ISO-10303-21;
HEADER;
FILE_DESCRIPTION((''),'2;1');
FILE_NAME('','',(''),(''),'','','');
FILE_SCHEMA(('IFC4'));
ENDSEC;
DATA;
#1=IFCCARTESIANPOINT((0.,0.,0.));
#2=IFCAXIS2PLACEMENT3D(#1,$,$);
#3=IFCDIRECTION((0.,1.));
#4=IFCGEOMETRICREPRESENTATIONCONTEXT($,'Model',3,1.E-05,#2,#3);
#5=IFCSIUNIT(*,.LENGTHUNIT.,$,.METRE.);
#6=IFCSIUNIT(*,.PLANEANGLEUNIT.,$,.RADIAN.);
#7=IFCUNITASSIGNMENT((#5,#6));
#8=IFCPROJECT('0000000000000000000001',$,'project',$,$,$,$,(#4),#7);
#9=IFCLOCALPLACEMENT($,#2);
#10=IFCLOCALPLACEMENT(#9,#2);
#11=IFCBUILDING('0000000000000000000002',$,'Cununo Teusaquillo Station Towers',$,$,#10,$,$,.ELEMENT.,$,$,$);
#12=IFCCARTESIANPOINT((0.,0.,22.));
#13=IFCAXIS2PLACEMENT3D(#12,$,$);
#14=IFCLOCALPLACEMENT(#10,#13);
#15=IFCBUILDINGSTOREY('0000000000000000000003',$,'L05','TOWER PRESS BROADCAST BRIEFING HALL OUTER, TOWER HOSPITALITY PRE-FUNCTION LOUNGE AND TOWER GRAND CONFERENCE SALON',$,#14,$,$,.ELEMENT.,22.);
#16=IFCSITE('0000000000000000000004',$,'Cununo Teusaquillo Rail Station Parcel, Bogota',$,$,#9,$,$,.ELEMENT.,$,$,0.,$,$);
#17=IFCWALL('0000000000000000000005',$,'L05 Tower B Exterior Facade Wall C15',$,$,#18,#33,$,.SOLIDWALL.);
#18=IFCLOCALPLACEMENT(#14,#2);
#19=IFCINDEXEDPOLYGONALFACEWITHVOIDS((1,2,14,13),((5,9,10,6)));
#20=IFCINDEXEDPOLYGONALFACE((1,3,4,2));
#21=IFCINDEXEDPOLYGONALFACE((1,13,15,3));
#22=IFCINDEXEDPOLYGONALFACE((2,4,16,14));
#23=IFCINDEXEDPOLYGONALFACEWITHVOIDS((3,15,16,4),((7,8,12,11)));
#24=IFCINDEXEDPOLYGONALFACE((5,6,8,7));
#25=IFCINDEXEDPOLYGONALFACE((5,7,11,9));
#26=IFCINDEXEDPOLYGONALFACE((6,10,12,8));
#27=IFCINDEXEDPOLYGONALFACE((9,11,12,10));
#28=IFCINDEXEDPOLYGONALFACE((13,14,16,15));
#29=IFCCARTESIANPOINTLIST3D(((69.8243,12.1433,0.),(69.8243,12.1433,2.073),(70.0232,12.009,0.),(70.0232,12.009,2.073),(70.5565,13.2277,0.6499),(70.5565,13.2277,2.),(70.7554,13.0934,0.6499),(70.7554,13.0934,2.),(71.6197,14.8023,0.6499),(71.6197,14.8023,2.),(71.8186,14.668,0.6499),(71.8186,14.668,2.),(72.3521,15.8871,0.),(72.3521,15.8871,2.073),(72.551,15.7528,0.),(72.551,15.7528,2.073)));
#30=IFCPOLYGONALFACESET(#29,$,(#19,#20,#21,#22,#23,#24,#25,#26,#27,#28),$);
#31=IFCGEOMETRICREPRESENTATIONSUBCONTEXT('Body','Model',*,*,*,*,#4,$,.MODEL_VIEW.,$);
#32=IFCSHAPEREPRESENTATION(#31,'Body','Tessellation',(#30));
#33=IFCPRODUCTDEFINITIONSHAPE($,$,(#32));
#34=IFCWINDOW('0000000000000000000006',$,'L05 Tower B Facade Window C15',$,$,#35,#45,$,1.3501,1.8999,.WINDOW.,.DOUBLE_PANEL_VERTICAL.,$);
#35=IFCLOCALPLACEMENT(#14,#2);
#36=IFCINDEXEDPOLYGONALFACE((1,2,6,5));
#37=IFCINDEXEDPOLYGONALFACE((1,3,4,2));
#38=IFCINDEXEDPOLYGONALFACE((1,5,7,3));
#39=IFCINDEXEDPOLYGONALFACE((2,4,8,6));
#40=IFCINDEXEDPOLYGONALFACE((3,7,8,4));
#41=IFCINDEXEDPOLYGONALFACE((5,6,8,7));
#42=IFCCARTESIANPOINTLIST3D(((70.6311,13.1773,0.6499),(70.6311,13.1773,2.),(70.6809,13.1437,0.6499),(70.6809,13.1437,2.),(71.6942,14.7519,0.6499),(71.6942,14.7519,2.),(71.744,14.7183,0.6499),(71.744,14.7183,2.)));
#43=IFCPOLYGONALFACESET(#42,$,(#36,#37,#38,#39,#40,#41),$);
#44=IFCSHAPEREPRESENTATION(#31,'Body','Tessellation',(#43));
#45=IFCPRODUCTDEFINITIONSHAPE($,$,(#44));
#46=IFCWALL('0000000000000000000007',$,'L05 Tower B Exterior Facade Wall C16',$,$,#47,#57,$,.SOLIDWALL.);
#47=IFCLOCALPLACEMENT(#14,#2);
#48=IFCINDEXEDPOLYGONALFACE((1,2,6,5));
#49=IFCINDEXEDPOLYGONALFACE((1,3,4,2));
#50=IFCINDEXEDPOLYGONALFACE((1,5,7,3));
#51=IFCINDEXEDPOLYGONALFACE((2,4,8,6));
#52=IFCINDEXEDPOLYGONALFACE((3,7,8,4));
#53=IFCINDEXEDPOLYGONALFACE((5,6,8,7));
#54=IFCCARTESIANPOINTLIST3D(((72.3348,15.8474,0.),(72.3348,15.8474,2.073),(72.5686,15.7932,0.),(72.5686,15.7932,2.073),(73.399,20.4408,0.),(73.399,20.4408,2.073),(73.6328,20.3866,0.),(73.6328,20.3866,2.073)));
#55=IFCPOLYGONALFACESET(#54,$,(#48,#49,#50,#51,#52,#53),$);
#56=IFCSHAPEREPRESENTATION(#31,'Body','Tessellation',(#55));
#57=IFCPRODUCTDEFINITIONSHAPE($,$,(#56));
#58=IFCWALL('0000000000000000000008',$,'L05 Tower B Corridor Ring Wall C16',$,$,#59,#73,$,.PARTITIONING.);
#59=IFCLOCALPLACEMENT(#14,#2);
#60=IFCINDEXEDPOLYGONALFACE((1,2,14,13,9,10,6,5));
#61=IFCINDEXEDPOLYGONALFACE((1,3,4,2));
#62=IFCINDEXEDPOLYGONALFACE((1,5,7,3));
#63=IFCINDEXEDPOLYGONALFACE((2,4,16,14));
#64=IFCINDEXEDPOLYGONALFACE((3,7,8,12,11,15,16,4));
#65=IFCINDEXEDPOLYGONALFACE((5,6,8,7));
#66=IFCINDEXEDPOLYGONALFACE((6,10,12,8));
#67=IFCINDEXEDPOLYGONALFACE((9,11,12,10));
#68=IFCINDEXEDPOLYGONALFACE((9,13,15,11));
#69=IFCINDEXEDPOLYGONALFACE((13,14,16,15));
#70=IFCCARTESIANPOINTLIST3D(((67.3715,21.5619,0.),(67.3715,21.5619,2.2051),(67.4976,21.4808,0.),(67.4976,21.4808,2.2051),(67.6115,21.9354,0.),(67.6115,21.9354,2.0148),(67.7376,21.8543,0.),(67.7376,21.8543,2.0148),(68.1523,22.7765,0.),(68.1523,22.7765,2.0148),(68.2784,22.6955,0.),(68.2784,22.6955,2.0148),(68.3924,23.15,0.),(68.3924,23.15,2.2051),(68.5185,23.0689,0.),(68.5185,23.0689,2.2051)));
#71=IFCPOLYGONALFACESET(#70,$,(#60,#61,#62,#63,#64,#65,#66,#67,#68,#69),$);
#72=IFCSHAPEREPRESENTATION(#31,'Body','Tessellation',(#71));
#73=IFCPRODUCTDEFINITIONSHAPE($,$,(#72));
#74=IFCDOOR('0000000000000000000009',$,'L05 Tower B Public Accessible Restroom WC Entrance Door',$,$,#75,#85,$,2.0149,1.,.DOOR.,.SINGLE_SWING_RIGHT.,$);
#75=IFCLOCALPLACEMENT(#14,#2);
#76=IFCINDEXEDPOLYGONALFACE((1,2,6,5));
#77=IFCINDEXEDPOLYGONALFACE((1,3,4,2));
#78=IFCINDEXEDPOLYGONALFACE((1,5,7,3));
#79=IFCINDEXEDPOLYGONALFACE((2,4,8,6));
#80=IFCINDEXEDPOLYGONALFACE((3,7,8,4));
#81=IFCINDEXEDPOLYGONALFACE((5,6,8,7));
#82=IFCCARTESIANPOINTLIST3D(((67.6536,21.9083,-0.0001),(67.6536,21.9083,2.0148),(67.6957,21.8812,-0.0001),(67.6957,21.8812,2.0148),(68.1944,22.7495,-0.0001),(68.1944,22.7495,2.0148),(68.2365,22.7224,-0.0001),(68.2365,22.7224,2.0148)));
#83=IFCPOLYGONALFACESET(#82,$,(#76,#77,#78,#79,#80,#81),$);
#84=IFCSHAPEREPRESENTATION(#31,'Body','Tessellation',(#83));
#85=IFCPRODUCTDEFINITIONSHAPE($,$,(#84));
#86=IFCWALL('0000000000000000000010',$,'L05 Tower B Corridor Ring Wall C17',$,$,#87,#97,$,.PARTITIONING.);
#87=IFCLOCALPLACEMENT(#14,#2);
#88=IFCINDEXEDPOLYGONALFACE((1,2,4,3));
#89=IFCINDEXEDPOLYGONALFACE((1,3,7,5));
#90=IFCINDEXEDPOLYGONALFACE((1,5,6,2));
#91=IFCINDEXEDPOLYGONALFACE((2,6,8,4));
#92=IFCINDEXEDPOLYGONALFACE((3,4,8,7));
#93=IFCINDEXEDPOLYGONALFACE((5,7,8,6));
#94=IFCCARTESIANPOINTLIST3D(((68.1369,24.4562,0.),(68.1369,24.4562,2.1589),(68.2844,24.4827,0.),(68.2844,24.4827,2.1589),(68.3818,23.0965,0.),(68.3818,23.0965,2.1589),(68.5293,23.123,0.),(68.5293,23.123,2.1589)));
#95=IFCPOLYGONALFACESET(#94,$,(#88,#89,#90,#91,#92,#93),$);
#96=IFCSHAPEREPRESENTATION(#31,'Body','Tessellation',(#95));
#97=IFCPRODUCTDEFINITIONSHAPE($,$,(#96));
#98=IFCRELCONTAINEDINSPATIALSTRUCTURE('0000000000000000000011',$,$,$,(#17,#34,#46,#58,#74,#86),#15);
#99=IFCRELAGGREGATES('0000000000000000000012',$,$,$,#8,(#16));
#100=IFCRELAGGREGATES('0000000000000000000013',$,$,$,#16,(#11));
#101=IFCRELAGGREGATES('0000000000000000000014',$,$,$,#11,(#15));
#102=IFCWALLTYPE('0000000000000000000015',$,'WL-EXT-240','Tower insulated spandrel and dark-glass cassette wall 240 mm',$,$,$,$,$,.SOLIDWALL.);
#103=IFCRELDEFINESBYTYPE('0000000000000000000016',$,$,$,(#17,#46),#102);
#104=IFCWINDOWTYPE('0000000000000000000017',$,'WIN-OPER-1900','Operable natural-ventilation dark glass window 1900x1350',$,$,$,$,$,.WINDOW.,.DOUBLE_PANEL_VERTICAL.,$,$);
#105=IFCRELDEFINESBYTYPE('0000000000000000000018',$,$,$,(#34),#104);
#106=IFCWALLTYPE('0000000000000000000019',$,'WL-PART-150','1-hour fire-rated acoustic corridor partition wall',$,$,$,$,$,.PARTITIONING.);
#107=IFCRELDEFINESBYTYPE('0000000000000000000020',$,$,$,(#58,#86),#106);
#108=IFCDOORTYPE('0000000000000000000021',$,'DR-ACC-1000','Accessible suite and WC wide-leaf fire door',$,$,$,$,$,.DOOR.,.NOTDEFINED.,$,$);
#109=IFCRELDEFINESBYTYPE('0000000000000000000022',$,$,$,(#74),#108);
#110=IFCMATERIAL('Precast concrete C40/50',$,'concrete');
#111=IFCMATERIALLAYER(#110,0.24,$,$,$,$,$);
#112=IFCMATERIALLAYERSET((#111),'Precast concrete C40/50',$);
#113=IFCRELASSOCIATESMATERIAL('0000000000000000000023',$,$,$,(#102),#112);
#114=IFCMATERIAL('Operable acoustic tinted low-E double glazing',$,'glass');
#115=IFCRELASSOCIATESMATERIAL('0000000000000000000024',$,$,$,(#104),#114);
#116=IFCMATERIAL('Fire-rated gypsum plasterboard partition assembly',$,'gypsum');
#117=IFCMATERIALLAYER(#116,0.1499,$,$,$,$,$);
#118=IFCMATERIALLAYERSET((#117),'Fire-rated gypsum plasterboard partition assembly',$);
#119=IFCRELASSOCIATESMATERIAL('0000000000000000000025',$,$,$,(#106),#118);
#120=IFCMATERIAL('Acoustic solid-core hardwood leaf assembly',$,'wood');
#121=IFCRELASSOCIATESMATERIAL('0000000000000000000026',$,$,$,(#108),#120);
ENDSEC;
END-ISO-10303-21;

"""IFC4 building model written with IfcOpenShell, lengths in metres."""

from ifc_helpers import new_model, si_unit, direction, frame, frame_2d, origin, place, context, subcontext, project, spatial, rectangle, extrude, source, transform, mapped, material, layer, layer_set, type_object, element, fill, save


model = new_model("IFC4")

# Units and contexts
model_context = context("Model", 3, precision=1e-05, world=origin(), true_north=direction((0.0, 1.0)))
body_context = subcontext(model_context, "Body", "Model", "MODEL_VIEW")
ifc_project = project(units=[si_unit("LENGTHUNIT", "METRE"), si_unit("PLANEANGLEUNIT", "RADIAN")], contexts=[model_context])

# Site, building, storey
site_placement = place(None, origin())
site = spatial("IfcSite", under=ifc_project, at=site_placement, Name="Cununo Teusaquillo Rail Station Parcel, Bogota", CompositionType="ELEMENT", RefElevation=0.0)
building_placement = place(site_placement, origin())
building = spatial("IfcBuilding", under=site, at=building_placement, Name="Cununo Teusaquillo Station Towers", CompositionType="ELEMENT")
storey_placement = place(building_placement, frame((0.0, 0.0, 22.0)))
storey = spatial("IfcBuildingStorey", under=building, at=storey_placement, Name="L05", Description="TOWER PRESS BROADCAST BRIEFING HALL OUTER, TOWER HOSPITALITY PRE-FUNCTION LOUNGE AND TOWER GRAND CONFERENCE SALON", CompositionType="ELEMENT", Elevation=22.0)

# Shared definitions
ifc_material_1 = material(Name="Precast concrete C40/50", Category="concrete")
ifc_layer_1 = layer(ifc_material_1, 0.24)
ifc_layer_set_1 = layer_set([ifc_layer_1], Name="Precast concrete C40/50")
wall_type_1 = type_object("IfcWallType", Name="WL-EXT-240", Description="Tower insulated spandrel and dark-glass cassette wall 240 mm", PredefinedType="SOLIDWALL", material=ifc_layer_set_1)

# Wall, opening, window
wall_1_placement = place(storey_placement, frame((72.4517, 15.8201, 0.0), z_axis=(0.0, 0.0, 1.0), x_axis=(-0.55958, -0.828777, 0.0)))
wall_1 = element("IfcWall", 1, at=wall_1_placement, inside=storey, type_object=wall_type_1, Name="L05 Tower B Exterior Facade Wall C15", PredefinedType="SOLIDWALL", context=body_context, shape_type="SweptSolid", body=[
    extrude(rectangle(XDim=4.5173, YDim=0.24, at=frame_2d((2.2588, 0.0))), origin(), (0.0, 0.0, 1.0), 2.073),
])
shared_shape_1 = source(origin(), body_context, "Body", "SweptSolid", [
    extrude(rectangle(XDim=1.8999, YDim=1.3501, at=frame_2d((0.95, 0.675))), frame((0.0, 0.1299, 0.0), z_axis=(0.0, -1.0, 0.0), x_axis=(1.0, 0.0, 0.0)), (0.0, 0.0, 1.0), 0.26),
])
opening_1_placement = place(wall_1_placement, frame((1.3091, 0.0, 0.6499)))
opening_1 = element("IfcOpeningElement", 2, at=opening_1_placement, cuts=wall_1, PredefinedType="OPENING", context=body_context, shape_type="MappedRepresentation", body=[
    mapped(shared_shape_1, transform((0.0, 0.0, 0.0), x_axis=(1.0, 0.0, 0.0), y_axis=(0.0, 1.0, 0.0), z_axis=(0.0, 0.0, 1.0), scale=1.0)),
])
ifc_material_2 = material(Name="Operable acoustic tinted low-E double glazing", Category="glass")
window_type_1 = type_object("IfcWindowType", Name="WIN-OPER-1900", Description="Operable natural-ventilation dark glass window 1900x1350", PartitioningType="DOUBLE_PANEL_VERTICAL", PredefinedType="WINDOW", material=ifc_material_2)
shared_shape_2 = source(origin(), body_context, "Body", "SweptSolid", [
    extrude(rectangle(XDim=1.8999, YDim=1.3501, at=frame_2d((0.95, 0.675))), frame((0.0, 0.03, 0.0), z_axis=(0.0, -1.0, 0.0), x_axis=(1.0, 0.0, 0.0)), (0.0, 0.0, 1.0), 0.0601),
])
window_1_placement = place(opening_1_placement, origin())
window_1 = element("IfcWindow", 3, at=window_1_placement, inside=storey, type_object=window_type_1, Name="L05 Tower B Facade Window C15", OverallHeight=1.3501, OverallWidth=1.8999, PartitioningType="DOUBLE_PANEL_VERTICAL", PredefinedType="WINDOW", context=body_context, shape_type="MappedRepresentation", body=[
    mapped(shared_shape_2, transform((0.0, 0.0, 0.0), x_axis=(1.0, 0.0, 0.0), y_axis=(0.0, 1.0, 0.0), z_axis=(0.0, 0.0, 1.0), scale=1.0)),
])
fill(opening_1, window_1)

# Wall
wall_2_placement = place(storey_placement, frame((73.5159, 20.4136, 0.0), z_axis=(0.0, 0.0, 1.0), x_axis=(-0.225699, -0.974197, 0.0)))
element("IfcWall", 4, at=wall_2_placement, inside=storey, type_object=wall_type_1, Name="L05 Tower B Exterior Facade Wall C16", PredefinedType="SOLIDWALL", context=body_context, shape_type="SweptSolid", body=[
    extrude(rectangle(XDim=4.7151, YDim=0.24, at=frame_2d((2.3574, 0.0))), origin(), (0.0, 0.0, 1.0), 2.073),
])

# Wall, opening, door
ifc_material_3 = material(Name="Fire-rated gypsum plasterboard partition assembly", Category="gypsum")
ifc_layer_2 = layer(ifc_material_3, 0.1499)
ifc_layer_set_2 = layer_set([ifc_layer_2], Name="Fire-rated gypsum plasterboard partition assembly")
wall_type_2 = type_object("IfcWallType", Name="WL-PART-150", Description="1-hour fire-rated acoustic corridor partition wall", PredefinedType="PARTITIONING", material=ifc_layer_set_2)
wall_3_placement = place(storey_placement, frame((67.4346, 21.5215, 0.0), z_axis=(0.0, 0.0, 1.0), x_axis=(0.540777, 0.841166, 0.0)))
wall_3 = element("IfcWall", 5, at=wall_3_placement, inside=storey, type_object=wall_type_2, Name="L05 Tower B Corridor Ring Wall C16", PredefinedType="PARTITIONING", context=body_context, shape_type="SweptSolid", body=[
    extrude(rectangle(XDim=1.8879, YDim=0.1499, at=frame_2d((0.9438, 0.0))), origin(), (0.0, 0.0, 1.0), 2.2051),
])
shared_shape_3 = source(origin(), body_context, "Body", "SweptSolid", [
    extrude(rectangle(XDim=1.0, YDim=2.0149, at=frame_2d((0.5, 1.0073))), frame((0.0, 0.085, 0.0), z_axis=(0.0, -1.0, 0.0), x_axis=(1.0, 0.0, 0.0)), (0.0, 0.0, 1.0), 0.1699),
])
opening_2_placement = place(wall_3_placement, frame((0.4438, 0.0, 0.0)))
opening_2 = element("IfcOpeningElement", 6, at=opening_2_placement, cuts=wall_3, PredefinedType="OPENING", context=body_context, shape_type="MappedRepresentation", body=[
    mapped(shared_shape_3, transform((0.0, 0.0, 0.0), x_axis=(1.0, 0.0, 0.0), y_axis=(0.0, 1.0, 0.0), z_axis=(0.0, 0.0, 1.0), scale=1.0)),
])
ifc_material_4 = material(Name="Acoustic solid-core hardwood leaf assembly", Category="wood")
door_type = type_object("IfcDoorType", Name="DR-ACC-1000", Description="Accessible suite and WC wide-leaf fire door", OperationType="NOTDEFINED", PredefinedType="DOOR", material=ifc_material_4)
shared_shape_4 = source(origin(), body_context, "Body", "SweptSolid", [
    extrude(rectangle(XDim=1.0, YDim=2.0149, at=frame_2d((0.5, 1.0073))), frame((0.0, 0.0249, 0.0), z_axis=(0.0, -1.0, 0.0), x_axis=(1.0, 0.0, 0.0)), (0.0, 0.0, 1.0), 0.05),
])
door_placement = place(opening_2_placement, origin())
door = element("IfcDoor", 7, at=door_placement, inside=storey, type_object=door_type, Name="L05 Tower B Public Accessible Restroom WC Entrance Door", OperationType="SINGLE_SWING_RIGHT", OverallHeight=2.0149, OverallWidth=1.0, PredefinedType="DOOR", context=body_context, shape_type="MappedRepresentation", body=[
    mapped(shared_shape_4, transform((0.0, 0.0, 0.0), x_axis=(1.0, 0.0, 0.0), y_axis=(0.0, 1.0, 0.0), z_axis=(0.0, 0.0, 1.0), scale=1.0)),
])
fill(opening_2, door)

# Wall
wall_4_placement = place(storey_placement, frame((68.4556, 23.1096, 0.0), z_axis=(0.0, 0.0, 1.0), x_axis=(-0.177252, 0.984165, 0.0)))
element("IfcWall", 8, at=wall_4_placement, inside=storey, type_object=wall_type_2, Name="L05 Tower B Corridor Ring Wall C17", PredefinedType="PARTITIONING", context=body_context, shape_type="SweptSolid", body=[
    extrude(rectangle(XDim=1.3816, YDim=0.1499, at=frame_2d((0.6909, 0.0))), origin(), (0.0, 0.0, 1.0), 2.1589),
])

save(model, "model.ifc")
